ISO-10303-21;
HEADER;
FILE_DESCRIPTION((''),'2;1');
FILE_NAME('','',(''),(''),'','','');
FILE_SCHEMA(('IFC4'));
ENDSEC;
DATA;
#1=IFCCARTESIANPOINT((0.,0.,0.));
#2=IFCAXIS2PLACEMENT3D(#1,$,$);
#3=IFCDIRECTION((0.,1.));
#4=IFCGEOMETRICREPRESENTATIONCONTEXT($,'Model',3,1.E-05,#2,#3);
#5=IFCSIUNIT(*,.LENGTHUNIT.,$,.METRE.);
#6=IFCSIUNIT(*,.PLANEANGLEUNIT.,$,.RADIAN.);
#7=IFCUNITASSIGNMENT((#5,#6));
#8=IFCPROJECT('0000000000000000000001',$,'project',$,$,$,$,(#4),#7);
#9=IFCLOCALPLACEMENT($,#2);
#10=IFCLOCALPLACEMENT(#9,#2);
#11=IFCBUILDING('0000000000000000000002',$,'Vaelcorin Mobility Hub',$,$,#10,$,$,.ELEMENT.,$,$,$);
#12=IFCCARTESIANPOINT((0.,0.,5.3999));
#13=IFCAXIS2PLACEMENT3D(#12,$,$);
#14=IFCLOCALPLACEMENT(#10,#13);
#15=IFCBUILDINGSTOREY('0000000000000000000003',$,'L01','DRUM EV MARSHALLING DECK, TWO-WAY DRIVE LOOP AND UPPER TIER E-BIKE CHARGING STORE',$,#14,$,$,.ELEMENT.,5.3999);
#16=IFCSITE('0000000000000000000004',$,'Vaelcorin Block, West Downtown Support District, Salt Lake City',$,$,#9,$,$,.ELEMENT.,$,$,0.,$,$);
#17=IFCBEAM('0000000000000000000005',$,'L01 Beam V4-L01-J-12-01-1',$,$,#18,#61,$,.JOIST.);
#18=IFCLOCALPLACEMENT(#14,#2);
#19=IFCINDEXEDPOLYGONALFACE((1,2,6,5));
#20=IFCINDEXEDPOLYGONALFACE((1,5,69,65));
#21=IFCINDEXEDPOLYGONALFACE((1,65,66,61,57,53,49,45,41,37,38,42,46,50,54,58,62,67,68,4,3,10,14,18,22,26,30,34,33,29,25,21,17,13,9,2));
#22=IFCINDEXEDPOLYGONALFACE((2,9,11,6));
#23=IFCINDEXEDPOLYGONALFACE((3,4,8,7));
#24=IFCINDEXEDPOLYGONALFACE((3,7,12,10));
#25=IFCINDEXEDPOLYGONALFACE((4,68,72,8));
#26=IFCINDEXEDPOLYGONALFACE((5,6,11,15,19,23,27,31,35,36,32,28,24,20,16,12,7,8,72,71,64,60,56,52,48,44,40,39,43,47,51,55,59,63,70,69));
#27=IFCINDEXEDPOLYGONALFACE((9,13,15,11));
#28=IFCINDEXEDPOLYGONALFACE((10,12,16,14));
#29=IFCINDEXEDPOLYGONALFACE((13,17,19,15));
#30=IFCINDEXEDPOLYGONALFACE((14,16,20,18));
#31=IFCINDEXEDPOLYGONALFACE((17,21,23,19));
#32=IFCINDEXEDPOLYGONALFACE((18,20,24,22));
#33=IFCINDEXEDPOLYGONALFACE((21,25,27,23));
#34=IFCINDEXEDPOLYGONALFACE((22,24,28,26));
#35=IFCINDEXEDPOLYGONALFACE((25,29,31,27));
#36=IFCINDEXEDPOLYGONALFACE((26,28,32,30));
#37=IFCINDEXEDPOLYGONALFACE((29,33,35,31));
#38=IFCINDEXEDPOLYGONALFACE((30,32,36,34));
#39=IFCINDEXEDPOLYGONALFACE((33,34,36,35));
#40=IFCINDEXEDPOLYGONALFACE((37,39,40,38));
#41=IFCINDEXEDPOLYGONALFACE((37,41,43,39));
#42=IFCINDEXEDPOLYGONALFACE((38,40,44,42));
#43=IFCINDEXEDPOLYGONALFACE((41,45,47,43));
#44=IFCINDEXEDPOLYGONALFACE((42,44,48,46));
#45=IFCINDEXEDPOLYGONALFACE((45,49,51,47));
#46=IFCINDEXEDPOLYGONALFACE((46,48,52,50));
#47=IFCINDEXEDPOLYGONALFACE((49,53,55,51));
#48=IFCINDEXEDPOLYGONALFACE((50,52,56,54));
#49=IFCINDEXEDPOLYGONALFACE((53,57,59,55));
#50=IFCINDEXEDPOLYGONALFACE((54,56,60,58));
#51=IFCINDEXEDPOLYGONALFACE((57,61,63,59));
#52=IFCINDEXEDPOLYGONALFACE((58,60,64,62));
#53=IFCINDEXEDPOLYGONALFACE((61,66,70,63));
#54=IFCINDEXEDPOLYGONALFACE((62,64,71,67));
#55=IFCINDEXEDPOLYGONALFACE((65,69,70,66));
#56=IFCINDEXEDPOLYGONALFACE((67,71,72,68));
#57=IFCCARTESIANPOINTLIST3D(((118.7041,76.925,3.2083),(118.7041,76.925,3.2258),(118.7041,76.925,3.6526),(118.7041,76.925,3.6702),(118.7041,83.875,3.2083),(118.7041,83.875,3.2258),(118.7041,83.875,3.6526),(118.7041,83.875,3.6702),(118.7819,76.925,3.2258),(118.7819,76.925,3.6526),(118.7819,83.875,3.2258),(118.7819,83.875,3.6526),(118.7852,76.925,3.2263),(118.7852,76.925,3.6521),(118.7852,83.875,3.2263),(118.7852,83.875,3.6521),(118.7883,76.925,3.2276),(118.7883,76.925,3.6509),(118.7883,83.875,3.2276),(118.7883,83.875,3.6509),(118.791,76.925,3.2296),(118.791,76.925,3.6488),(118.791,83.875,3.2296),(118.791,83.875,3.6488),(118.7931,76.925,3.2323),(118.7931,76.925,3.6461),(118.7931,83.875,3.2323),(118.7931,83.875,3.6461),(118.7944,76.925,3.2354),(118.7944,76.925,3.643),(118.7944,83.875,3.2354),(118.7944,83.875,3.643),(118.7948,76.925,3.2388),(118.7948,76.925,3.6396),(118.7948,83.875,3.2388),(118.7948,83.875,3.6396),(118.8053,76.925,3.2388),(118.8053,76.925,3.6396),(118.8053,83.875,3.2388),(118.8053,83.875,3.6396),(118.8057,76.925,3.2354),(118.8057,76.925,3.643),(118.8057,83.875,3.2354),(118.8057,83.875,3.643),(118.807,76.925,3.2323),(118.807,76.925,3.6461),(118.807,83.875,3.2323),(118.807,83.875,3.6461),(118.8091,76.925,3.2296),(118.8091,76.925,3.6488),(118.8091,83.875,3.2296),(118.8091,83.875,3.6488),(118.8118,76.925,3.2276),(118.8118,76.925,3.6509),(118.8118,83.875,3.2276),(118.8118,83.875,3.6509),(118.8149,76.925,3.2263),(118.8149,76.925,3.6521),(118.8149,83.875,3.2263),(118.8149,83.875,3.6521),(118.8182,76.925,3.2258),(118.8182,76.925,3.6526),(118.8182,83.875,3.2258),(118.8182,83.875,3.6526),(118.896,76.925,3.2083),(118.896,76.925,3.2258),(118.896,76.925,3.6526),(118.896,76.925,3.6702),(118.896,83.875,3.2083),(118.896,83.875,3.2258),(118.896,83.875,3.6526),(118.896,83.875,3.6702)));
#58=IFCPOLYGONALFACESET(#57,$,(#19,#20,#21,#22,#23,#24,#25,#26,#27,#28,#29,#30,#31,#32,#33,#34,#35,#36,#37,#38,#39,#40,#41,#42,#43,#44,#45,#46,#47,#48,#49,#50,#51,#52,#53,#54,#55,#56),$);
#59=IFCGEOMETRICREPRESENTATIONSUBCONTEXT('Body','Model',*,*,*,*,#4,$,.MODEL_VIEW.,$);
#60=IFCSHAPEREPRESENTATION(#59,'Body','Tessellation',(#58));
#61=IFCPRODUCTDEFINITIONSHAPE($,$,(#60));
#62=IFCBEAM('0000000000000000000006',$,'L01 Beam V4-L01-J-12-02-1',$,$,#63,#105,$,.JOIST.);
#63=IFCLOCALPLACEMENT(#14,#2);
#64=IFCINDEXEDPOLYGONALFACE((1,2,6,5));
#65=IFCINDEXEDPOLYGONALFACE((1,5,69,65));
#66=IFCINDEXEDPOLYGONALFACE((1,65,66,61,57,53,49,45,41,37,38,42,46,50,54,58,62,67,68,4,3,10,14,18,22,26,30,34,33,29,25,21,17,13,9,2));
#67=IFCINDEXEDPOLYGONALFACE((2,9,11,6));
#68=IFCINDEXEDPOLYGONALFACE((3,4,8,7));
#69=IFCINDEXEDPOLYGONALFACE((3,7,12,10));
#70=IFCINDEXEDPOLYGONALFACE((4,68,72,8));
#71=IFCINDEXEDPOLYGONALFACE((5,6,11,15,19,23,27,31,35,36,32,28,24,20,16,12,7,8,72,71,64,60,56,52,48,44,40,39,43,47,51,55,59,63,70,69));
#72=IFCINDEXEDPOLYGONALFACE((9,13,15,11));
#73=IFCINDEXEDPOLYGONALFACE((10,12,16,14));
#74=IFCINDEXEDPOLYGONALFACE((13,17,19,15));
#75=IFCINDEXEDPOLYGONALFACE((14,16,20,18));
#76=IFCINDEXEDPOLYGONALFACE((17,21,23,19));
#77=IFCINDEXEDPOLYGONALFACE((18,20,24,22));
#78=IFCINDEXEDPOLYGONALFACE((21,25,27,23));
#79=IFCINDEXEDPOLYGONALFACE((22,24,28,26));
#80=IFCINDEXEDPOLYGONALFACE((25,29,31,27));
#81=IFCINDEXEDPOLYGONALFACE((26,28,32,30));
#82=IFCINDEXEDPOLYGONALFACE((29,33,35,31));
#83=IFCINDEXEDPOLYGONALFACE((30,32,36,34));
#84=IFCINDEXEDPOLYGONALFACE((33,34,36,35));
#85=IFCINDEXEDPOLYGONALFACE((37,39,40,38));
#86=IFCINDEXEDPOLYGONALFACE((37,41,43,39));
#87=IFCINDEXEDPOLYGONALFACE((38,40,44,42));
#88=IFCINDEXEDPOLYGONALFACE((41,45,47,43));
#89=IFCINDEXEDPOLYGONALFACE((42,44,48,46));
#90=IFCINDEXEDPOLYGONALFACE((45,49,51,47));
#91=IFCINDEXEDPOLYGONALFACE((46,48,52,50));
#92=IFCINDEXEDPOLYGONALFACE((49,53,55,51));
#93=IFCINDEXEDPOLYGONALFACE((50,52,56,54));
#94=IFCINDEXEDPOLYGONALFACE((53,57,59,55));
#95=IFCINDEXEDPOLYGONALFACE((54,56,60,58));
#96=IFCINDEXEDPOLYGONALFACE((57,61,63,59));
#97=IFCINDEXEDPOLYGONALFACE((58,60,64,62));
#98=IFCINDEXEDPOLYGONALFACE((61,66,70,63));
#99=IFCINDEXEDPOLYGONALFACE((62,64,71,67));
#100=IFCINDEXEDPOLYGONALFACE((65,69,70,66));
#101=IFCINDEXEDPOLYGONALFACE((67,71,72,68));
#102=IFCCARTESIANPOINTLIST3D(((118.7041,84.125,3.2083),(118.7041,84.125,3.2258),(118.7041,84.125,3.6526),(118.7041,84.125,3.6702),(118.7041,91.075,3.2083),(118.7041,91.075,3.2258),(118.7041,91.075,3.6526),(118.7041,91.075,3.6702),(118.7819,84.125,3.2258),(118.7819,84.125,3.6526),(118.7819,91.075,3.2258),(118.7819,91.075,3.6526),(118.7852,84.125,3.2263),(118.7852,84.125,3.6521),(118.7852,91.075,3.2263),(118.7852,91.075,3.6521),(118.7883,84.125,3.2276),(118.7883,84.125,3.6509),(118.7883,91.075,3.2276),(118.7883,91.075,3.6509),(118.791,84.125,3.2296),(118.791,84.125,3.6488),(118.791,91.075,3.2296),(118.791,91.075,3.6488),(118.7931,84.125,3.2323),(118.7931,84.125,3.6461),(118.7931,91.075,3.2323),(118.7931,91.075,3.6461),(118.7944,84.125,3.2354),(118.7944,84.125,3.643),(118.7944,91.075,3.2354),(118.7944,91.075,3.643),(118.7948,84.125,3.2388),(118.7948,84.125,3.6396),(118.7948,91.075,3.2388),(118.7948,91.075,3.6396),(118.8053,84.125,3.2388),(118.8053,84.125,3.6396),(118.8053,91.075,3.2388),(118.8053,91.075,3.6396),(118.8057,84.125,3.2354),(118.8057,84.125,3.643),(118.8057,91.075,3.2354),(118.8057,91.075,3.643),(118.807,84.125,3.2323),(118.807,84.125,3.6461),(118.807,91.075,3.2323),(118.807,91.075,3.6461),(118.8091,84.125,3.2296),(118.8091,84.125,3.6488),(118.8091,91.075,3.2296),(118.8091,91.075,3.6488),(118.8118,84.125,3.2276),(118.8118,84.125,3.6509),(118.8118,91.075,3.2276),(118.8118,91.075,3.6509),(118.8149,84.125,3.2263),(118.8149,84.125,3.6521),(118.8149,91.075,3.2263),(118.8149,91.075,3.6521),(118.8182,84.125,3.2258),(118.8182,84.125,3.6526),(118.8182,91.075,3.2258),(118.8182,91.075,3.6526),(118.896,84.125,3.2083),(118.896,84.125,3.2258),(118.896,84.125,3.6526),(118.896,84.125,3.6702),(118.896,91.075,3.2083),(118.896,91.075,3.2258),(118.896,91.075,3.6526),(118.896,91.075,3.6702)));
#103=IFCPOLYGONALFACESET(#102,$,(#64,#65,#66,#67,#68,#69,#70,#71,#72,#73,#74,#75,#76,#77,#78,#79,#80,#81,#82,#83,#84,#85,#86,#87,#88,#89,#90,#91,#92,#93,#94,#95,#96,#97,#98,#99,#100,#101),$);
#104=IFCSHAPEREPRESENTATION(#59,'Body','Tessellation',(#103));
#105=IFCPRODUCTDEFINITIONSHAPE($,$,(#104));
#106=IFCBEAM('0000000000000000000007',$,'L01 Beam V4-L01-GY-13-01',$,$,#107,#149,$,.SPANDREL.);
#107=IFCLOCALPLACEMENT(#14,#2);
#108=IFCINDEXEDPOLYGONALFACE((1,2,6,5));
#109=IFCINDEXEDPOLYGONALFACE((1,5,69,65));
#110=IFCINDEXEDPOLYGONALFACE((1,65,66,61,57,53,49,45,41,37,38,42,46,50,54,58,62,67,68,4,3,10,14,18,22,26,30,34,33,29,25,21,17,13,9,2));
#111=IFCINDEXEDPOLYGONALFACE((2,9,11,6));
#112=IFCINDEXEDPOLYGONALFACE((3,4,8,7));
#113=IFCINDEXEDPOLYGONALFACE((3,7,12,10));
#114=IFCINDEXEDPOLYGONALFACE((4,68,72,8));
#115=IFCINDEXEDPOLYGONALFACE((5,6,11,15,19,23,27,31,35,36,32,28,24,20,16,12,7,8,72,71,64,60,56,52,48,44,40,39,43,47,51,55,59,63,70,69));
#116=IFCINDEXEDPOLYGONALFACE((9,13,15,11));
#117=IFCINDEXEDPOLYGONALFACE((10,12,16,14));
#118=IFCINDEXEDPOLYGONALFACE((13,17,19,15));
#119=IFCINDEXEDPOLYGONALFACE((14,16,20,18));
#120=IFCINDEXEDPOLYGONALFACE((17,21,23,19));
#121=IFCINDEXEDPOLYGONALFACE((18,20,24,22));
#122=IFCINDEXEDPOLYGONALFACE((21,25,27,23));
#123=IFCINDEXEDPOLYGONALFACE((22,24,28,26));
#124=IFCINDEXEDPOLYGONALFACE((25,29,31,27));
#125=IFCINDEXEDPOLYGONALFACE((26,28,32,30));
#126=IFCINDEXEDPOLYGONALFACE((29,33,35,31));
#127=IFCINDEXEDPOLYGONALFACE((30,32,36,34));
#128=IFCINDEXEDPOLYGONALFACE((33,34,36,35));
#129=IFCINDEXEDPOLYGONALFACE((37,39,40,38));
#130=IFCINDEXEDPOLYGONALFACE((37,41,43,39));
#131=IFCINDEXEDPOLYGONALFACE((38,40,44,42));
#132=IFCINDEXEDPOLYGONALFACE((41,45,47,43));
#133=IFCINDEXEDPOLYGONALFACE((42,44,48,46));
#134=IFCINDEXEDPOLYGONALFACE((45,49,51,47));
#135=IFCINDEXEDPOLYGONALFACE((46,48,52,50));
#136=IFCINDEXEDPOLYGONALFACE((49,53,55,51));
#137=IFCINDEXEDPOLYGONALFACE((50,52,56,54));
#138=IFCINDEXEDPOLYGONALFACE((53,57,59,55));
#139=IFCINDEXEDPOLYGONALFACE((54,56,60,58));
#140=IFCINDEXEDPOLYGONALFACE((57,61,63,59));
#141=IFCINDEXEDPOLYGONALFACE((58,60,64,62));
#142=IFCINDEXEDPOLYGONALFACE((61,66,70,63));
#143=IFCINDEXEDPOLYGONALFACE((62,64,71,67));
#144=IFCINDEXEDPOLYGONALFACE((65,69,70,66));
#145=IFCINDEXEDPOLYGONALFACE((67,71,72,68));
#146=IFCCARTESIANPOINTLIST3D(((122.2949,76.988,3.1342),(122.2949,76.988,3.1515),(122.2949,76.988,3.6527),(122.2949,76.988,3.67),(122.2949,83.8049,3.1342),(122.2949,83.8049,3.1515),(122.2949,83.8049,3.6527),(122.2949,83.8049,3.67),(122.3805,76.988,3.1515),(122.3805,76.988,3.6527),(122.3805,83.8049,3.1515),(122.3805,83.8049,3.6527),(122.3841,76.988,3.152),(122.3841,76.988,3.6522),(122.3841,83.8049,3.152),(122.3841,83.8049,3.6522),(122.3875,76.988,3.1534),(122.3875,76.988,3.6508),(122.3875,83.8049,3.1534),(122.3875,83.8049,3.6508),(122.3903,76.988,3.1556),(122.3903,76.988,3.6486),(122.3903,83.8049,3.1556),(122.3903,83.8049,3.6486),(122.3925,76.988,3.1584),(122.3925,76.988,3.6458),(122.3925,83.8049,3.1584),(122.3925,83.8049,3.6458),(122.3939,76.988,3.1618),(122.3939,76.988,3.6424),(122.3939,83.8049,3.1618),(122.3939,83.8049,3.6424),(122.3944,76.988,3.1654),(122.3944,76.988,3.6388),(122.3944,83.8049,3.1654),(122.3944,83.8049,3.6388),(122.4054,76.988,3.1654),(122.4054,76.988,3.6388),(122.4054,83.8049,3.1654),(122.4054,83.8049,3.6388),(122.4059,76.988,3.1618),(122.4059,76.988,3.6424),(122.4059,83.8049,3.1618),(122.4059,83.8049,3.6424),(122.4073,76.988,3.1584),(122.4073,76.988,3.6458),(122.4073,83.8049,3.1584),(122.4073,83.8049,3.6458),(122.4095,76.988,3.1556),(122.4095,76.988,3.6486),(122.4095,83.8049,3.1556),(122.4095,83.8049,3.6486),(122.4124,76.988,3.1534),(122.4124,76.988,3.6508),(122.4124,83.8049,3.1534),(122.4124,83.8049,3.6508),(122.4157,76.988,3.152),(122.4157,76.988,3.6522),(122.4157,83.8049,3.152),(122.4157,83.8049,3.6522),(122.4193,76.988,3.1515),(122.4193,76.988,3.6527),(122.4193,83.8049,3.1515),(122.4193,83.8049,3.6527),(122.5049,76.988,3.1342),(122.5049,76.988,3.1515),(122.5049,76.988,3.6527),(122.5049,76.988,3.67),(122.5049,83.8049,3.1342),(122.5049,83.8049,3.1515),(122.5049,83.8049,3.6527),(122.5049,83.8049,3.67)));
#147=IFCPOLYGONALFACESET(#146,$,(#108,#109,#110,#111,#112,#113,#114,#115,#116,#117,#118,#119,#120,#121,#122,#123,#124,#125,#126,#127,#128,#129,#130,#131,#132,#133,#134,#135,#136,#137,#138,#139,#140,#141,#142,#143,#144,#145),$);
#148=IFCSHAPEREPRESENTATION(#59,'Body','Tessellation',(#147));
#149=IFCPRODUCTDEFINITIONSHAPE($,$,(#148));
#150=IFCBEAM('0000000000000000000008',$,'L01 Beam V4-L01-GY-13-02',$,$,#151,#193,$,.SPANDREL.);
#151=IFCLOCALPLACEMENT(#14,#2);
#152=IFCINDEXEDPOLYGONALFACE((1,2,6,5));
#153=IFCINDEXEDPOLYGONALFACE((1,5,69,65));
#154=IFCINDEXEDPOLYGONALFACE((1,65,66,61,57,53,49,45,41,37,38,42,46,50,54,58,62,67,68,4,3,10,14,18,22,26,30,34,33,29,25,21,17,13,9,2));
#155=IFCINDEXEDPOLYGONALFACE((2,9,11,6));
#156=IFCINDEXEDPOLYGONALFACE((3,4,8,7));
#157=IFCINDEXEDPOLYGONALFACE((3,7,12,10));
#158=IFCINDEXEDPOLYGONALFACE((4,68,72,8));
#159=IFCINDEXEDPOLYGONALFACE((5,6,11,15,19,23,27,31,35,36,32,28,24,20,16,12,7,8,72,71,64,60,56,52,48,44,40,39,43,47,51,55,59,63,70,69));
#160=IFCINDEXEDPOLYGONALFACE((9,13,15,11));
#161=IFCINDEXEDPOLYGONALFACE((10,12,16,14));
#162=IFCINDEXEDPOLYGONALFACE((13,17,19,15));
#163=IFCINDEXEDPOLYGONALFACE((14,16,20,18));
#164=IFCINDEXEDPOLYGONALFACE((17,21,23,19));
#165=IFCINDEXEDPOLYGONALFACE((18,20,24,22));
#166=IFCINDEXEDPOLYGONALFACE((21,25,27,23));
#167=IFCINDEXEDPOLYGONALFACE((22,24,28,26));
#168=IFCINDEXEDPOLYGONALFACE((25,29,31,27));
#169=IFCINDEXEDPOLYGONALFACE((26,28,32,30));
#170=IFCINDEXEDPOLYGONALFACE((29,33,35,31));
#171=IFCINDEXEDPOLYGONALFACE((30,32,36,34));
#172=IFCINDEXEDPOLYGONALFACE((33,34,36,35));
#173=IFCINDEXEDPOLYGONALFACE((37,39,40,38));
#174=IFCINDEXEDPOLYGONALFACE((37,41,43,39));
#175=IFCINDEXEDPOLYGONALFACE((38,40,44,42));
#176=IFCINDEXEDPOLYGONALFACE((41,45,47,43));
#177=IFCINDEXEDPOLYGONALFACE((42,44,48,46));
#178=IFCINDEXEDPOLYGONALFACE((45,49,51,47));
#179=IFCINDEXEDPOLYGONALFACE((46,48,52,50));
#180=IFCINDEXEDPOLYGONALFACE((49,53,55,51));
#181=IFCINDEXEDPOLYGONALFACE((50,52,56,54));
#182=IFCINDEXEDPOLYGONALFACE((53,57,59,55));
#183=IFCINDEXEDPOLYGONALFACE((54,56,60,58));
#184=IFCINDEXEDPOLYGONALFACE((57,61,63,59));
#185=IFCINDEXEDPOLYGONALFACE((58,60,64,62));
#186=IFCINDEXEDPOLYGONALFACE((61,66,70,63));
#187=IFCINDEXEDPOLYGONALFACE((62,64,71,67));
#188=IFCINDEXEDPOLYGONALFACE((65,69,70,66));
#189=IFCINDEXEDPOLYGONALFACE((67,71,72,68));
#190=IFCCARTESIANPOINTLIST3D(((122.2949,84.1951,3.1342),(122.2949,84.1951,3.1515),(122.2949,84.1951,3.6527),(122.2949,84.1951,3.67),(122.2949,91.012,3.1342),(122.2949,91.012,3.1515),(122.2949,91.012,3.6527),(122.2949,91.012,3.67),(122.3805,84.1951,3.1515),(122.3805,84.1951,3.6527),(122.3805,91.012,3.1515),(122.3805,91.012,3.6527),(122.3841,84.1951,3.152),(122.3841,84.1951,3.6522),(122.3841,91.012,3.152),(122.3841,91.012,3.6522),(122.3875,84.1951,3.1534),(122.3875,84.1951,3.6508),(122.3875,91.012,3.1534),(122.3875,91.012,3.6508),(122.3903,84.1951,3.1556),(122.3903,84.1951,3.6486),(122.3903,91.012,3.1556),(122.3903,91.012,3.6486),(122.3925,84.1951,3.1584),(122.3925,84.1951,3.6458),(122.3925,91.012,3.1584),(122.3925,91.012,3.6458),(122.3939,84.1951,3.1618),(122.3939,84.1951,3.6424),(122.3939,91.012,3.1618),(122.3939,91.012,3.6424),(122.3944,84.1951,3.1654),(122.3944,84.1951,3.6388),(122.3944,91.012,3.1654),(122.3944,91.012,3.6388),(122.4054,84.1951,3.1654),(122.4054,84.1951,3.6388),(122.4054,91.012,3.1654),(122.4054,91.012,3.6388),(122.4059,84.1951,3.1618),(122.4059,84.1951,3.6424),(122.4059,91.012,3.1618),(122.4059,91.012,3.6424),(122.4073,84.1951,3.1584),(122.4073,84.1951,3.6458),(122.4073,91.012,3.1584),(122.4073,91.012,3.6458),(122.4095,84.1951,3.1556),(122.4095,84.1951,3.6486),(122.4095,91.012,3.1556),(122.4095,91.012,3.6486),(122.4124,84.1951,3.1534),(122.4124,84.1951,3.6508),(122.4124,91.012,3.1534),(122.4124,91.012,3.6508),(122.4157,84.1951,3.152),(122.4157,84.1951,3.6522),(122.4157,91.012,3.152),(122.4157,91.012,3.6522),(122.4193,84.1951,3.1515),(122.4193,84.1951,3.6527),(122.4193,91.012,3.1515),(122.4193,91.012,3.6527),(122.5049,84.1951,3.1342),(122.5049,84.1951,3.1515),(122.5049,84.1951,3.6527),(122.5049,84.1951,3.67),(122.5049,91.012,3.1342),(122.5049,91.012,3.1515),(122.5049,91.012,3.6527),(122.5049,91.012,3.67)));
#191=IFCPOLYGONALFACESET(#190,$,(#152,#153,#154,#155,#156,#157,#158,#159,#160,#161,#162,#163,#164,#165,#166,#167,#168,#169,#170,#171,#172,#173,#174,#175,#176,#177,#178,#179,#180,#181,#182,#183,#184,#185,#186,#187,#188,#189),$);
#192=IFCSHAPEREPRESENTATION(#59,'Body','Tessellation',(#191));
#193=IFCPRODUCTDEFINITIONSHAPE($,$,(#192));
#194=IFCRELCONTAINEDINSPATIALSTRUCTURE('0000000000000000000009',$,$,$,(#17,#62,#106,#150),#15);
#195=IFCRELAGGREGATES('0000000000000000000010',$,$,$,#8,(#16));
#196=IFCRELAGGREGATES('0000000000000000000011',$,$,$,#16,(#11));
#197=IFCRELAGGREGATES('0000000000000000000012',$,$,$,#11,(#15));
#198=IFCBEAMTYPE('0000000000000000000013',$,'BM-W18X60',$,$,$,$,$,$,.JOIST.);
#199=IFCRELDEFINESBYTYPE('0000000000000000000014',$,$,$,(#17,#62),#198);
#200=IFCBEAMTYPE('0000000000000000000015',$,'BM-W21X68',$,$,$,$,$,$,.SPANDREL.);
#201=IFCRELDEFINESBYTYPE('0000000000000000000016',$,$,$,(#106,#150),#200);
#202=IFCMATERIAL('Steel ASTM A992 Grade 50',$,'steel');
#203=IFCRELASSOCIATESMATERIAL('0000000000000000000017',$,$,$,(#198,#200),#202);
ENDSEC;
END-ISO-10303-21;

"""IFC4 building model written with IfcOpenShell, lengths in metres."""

from ifc_helpers import new_model, si_unit, direction, frame, origin, origin_2d, place, context, subcontext, project, spatial, i_section, extrude, material, material_profile, profile_set, type_object, element, save


model = new_model("IFC4")

# Units and contexts
model_context = context("Model", 3, precision=1e-05, world=origin(), true_north=direction((0.0, 1.0)))
body_context = subcontext(model_context, "Body", "Model", "MODEL_VIEW")
ifc_project = project(units=[si_unit("LENGTHUNIT", "METRE"), si_unit("PLANEANGLEUNIT", "RADIAN")], contexts=[model_context])

# Site, building, storey
site_placement = place(None, origin())
site = spatial("IfcSite", under=ifc_project, at=site_placement, Name="Vaelcorin Block, West Downtown Support District, Salt Lake City", CompositionType="ELEMENT", RefElevation=0.0)
building_placement = place(site_placement, origin())
building = spatial("IfcBuilding", under=site, at=building_placement, Name="Vaelcorin Mobility Hub", CompositionType="ELEMENT")
storey_placement = place(building_placement, frame((0.0, 0.0, 5.3999)))
storey = spatial("IfcBuildingStorey", under=building, at=storey_placement, Name="L01", Description="DRUM EV MARSHALLING DECK, TWO-WAY DRIVE LOOP AND UPPER TIER E-BIKE CHARGING STORE", CompositionType="ELEMENT", Elevation=5.3999)

# Shared definitions
ifc_material_1 = material(Name="Steel ASTM A992 Grade 50", Category="steel")

# Beams
ifc_material_profile_1 = material_profile(ifc_material_1, i_section(OverallWidth=0.1919, OverallDepth=0.4619, WebThickness=0.0105, FlangeThickness=0.0176, FilletRadius=0.0129, at=origin_2d()), Name="W18X60")
ifc_profile_set_1 = profile_set([ifc_material_profile_1], Name="Steel ASTM A992 Grade 50")
beam_type_1 = type_object("IfcBeamType", Name="BM-W18X60", PredefinedType="JOIST", material=ifc_profile_set_1)
for number, where, z_axis, x_axis, name in (
    (1, (118.8, 76.925, 3.4392), (0.0, 1.0, 0.0), (-1.0, 0.0, 0.0), "L01 Beam V4-L01-J-12-01-1"),
    (2, (118.8, 84.125, 3.4392), (0.0, 1.0, 0.0), (-1.0, 0.0, 0.0), "L01 Beam V4-L01-J-12-02-1"),
):
    element("IfcBeam", number, at=place(storey_placement, frame(where, z_axis=z_axis, x_axis=x_axis)), inside=storey, type_object=beam_type_1, Name=name, PredefinedType="JOIST", context=body_context, shape_type="SweptSolid", body=[
        extrude(i_section(OverallWidth=0.1919, OverallDepth=0.4619, WebThickness=0.0105, FlangeThickness=0.0176, FilletRadius=0.0129, at=origin_2d()), origin(), (0.0, 0.0, 1.0), 6.95),
    ])
ifc_material_profile_2 = material_profile(ifc_material_1, i_section(OverallWidth=0.21, OverallDepth=0.5359, WebThickness=0.011, FlangeThickness=0.0173, FilletRadius=0.0139, at=origin_2d()), Name="W21X68")
ifc_profile_set_2 = profile_set([ifc_material_profile_2], Name="Steel ASTM A992 Grade 50")
beam_type_2 = type_object("IfcBeamType", Name="BM-W21X68", PredefinedType="SPANDREL", material=ifc_profile_set_2)
for number, where, z_axis, x_axis, name in (
    (3, (122.3999, 76.988, 3.4021), (0.0, 1.0, 0.0), (-1.0, 0.0, 0.0), "L01 Beam V4-L01-GY-13-01"),
    (4, (122.3999, 84.1951, 3.4021), (0.0, 1.0, 0.0), (-1.0, 0.0, 0.0), "L01 Beam V4-L01-GY-13-02"),
):
    element("IfcBeam", number, at=place(storey_placement, frame(where, z_axis=z_axis, x_axis=x_axis)), inside=storey, type_object=beam_type_2, Name=name, PredefinedType="SPANDREL", context=body_context, shape_type="SweptSolid", body=[
        extrude(i_section(OverallWidth=0.21, OverallDepth=0.5359, WebThickness=0.011, FlangeThickness=0.0173, FilletRadius=0.0139, at=origin_2d()), origin(), (0.0, 0.0, 1.0), 6.8169),
    ])

save(model, "model.ifc")
